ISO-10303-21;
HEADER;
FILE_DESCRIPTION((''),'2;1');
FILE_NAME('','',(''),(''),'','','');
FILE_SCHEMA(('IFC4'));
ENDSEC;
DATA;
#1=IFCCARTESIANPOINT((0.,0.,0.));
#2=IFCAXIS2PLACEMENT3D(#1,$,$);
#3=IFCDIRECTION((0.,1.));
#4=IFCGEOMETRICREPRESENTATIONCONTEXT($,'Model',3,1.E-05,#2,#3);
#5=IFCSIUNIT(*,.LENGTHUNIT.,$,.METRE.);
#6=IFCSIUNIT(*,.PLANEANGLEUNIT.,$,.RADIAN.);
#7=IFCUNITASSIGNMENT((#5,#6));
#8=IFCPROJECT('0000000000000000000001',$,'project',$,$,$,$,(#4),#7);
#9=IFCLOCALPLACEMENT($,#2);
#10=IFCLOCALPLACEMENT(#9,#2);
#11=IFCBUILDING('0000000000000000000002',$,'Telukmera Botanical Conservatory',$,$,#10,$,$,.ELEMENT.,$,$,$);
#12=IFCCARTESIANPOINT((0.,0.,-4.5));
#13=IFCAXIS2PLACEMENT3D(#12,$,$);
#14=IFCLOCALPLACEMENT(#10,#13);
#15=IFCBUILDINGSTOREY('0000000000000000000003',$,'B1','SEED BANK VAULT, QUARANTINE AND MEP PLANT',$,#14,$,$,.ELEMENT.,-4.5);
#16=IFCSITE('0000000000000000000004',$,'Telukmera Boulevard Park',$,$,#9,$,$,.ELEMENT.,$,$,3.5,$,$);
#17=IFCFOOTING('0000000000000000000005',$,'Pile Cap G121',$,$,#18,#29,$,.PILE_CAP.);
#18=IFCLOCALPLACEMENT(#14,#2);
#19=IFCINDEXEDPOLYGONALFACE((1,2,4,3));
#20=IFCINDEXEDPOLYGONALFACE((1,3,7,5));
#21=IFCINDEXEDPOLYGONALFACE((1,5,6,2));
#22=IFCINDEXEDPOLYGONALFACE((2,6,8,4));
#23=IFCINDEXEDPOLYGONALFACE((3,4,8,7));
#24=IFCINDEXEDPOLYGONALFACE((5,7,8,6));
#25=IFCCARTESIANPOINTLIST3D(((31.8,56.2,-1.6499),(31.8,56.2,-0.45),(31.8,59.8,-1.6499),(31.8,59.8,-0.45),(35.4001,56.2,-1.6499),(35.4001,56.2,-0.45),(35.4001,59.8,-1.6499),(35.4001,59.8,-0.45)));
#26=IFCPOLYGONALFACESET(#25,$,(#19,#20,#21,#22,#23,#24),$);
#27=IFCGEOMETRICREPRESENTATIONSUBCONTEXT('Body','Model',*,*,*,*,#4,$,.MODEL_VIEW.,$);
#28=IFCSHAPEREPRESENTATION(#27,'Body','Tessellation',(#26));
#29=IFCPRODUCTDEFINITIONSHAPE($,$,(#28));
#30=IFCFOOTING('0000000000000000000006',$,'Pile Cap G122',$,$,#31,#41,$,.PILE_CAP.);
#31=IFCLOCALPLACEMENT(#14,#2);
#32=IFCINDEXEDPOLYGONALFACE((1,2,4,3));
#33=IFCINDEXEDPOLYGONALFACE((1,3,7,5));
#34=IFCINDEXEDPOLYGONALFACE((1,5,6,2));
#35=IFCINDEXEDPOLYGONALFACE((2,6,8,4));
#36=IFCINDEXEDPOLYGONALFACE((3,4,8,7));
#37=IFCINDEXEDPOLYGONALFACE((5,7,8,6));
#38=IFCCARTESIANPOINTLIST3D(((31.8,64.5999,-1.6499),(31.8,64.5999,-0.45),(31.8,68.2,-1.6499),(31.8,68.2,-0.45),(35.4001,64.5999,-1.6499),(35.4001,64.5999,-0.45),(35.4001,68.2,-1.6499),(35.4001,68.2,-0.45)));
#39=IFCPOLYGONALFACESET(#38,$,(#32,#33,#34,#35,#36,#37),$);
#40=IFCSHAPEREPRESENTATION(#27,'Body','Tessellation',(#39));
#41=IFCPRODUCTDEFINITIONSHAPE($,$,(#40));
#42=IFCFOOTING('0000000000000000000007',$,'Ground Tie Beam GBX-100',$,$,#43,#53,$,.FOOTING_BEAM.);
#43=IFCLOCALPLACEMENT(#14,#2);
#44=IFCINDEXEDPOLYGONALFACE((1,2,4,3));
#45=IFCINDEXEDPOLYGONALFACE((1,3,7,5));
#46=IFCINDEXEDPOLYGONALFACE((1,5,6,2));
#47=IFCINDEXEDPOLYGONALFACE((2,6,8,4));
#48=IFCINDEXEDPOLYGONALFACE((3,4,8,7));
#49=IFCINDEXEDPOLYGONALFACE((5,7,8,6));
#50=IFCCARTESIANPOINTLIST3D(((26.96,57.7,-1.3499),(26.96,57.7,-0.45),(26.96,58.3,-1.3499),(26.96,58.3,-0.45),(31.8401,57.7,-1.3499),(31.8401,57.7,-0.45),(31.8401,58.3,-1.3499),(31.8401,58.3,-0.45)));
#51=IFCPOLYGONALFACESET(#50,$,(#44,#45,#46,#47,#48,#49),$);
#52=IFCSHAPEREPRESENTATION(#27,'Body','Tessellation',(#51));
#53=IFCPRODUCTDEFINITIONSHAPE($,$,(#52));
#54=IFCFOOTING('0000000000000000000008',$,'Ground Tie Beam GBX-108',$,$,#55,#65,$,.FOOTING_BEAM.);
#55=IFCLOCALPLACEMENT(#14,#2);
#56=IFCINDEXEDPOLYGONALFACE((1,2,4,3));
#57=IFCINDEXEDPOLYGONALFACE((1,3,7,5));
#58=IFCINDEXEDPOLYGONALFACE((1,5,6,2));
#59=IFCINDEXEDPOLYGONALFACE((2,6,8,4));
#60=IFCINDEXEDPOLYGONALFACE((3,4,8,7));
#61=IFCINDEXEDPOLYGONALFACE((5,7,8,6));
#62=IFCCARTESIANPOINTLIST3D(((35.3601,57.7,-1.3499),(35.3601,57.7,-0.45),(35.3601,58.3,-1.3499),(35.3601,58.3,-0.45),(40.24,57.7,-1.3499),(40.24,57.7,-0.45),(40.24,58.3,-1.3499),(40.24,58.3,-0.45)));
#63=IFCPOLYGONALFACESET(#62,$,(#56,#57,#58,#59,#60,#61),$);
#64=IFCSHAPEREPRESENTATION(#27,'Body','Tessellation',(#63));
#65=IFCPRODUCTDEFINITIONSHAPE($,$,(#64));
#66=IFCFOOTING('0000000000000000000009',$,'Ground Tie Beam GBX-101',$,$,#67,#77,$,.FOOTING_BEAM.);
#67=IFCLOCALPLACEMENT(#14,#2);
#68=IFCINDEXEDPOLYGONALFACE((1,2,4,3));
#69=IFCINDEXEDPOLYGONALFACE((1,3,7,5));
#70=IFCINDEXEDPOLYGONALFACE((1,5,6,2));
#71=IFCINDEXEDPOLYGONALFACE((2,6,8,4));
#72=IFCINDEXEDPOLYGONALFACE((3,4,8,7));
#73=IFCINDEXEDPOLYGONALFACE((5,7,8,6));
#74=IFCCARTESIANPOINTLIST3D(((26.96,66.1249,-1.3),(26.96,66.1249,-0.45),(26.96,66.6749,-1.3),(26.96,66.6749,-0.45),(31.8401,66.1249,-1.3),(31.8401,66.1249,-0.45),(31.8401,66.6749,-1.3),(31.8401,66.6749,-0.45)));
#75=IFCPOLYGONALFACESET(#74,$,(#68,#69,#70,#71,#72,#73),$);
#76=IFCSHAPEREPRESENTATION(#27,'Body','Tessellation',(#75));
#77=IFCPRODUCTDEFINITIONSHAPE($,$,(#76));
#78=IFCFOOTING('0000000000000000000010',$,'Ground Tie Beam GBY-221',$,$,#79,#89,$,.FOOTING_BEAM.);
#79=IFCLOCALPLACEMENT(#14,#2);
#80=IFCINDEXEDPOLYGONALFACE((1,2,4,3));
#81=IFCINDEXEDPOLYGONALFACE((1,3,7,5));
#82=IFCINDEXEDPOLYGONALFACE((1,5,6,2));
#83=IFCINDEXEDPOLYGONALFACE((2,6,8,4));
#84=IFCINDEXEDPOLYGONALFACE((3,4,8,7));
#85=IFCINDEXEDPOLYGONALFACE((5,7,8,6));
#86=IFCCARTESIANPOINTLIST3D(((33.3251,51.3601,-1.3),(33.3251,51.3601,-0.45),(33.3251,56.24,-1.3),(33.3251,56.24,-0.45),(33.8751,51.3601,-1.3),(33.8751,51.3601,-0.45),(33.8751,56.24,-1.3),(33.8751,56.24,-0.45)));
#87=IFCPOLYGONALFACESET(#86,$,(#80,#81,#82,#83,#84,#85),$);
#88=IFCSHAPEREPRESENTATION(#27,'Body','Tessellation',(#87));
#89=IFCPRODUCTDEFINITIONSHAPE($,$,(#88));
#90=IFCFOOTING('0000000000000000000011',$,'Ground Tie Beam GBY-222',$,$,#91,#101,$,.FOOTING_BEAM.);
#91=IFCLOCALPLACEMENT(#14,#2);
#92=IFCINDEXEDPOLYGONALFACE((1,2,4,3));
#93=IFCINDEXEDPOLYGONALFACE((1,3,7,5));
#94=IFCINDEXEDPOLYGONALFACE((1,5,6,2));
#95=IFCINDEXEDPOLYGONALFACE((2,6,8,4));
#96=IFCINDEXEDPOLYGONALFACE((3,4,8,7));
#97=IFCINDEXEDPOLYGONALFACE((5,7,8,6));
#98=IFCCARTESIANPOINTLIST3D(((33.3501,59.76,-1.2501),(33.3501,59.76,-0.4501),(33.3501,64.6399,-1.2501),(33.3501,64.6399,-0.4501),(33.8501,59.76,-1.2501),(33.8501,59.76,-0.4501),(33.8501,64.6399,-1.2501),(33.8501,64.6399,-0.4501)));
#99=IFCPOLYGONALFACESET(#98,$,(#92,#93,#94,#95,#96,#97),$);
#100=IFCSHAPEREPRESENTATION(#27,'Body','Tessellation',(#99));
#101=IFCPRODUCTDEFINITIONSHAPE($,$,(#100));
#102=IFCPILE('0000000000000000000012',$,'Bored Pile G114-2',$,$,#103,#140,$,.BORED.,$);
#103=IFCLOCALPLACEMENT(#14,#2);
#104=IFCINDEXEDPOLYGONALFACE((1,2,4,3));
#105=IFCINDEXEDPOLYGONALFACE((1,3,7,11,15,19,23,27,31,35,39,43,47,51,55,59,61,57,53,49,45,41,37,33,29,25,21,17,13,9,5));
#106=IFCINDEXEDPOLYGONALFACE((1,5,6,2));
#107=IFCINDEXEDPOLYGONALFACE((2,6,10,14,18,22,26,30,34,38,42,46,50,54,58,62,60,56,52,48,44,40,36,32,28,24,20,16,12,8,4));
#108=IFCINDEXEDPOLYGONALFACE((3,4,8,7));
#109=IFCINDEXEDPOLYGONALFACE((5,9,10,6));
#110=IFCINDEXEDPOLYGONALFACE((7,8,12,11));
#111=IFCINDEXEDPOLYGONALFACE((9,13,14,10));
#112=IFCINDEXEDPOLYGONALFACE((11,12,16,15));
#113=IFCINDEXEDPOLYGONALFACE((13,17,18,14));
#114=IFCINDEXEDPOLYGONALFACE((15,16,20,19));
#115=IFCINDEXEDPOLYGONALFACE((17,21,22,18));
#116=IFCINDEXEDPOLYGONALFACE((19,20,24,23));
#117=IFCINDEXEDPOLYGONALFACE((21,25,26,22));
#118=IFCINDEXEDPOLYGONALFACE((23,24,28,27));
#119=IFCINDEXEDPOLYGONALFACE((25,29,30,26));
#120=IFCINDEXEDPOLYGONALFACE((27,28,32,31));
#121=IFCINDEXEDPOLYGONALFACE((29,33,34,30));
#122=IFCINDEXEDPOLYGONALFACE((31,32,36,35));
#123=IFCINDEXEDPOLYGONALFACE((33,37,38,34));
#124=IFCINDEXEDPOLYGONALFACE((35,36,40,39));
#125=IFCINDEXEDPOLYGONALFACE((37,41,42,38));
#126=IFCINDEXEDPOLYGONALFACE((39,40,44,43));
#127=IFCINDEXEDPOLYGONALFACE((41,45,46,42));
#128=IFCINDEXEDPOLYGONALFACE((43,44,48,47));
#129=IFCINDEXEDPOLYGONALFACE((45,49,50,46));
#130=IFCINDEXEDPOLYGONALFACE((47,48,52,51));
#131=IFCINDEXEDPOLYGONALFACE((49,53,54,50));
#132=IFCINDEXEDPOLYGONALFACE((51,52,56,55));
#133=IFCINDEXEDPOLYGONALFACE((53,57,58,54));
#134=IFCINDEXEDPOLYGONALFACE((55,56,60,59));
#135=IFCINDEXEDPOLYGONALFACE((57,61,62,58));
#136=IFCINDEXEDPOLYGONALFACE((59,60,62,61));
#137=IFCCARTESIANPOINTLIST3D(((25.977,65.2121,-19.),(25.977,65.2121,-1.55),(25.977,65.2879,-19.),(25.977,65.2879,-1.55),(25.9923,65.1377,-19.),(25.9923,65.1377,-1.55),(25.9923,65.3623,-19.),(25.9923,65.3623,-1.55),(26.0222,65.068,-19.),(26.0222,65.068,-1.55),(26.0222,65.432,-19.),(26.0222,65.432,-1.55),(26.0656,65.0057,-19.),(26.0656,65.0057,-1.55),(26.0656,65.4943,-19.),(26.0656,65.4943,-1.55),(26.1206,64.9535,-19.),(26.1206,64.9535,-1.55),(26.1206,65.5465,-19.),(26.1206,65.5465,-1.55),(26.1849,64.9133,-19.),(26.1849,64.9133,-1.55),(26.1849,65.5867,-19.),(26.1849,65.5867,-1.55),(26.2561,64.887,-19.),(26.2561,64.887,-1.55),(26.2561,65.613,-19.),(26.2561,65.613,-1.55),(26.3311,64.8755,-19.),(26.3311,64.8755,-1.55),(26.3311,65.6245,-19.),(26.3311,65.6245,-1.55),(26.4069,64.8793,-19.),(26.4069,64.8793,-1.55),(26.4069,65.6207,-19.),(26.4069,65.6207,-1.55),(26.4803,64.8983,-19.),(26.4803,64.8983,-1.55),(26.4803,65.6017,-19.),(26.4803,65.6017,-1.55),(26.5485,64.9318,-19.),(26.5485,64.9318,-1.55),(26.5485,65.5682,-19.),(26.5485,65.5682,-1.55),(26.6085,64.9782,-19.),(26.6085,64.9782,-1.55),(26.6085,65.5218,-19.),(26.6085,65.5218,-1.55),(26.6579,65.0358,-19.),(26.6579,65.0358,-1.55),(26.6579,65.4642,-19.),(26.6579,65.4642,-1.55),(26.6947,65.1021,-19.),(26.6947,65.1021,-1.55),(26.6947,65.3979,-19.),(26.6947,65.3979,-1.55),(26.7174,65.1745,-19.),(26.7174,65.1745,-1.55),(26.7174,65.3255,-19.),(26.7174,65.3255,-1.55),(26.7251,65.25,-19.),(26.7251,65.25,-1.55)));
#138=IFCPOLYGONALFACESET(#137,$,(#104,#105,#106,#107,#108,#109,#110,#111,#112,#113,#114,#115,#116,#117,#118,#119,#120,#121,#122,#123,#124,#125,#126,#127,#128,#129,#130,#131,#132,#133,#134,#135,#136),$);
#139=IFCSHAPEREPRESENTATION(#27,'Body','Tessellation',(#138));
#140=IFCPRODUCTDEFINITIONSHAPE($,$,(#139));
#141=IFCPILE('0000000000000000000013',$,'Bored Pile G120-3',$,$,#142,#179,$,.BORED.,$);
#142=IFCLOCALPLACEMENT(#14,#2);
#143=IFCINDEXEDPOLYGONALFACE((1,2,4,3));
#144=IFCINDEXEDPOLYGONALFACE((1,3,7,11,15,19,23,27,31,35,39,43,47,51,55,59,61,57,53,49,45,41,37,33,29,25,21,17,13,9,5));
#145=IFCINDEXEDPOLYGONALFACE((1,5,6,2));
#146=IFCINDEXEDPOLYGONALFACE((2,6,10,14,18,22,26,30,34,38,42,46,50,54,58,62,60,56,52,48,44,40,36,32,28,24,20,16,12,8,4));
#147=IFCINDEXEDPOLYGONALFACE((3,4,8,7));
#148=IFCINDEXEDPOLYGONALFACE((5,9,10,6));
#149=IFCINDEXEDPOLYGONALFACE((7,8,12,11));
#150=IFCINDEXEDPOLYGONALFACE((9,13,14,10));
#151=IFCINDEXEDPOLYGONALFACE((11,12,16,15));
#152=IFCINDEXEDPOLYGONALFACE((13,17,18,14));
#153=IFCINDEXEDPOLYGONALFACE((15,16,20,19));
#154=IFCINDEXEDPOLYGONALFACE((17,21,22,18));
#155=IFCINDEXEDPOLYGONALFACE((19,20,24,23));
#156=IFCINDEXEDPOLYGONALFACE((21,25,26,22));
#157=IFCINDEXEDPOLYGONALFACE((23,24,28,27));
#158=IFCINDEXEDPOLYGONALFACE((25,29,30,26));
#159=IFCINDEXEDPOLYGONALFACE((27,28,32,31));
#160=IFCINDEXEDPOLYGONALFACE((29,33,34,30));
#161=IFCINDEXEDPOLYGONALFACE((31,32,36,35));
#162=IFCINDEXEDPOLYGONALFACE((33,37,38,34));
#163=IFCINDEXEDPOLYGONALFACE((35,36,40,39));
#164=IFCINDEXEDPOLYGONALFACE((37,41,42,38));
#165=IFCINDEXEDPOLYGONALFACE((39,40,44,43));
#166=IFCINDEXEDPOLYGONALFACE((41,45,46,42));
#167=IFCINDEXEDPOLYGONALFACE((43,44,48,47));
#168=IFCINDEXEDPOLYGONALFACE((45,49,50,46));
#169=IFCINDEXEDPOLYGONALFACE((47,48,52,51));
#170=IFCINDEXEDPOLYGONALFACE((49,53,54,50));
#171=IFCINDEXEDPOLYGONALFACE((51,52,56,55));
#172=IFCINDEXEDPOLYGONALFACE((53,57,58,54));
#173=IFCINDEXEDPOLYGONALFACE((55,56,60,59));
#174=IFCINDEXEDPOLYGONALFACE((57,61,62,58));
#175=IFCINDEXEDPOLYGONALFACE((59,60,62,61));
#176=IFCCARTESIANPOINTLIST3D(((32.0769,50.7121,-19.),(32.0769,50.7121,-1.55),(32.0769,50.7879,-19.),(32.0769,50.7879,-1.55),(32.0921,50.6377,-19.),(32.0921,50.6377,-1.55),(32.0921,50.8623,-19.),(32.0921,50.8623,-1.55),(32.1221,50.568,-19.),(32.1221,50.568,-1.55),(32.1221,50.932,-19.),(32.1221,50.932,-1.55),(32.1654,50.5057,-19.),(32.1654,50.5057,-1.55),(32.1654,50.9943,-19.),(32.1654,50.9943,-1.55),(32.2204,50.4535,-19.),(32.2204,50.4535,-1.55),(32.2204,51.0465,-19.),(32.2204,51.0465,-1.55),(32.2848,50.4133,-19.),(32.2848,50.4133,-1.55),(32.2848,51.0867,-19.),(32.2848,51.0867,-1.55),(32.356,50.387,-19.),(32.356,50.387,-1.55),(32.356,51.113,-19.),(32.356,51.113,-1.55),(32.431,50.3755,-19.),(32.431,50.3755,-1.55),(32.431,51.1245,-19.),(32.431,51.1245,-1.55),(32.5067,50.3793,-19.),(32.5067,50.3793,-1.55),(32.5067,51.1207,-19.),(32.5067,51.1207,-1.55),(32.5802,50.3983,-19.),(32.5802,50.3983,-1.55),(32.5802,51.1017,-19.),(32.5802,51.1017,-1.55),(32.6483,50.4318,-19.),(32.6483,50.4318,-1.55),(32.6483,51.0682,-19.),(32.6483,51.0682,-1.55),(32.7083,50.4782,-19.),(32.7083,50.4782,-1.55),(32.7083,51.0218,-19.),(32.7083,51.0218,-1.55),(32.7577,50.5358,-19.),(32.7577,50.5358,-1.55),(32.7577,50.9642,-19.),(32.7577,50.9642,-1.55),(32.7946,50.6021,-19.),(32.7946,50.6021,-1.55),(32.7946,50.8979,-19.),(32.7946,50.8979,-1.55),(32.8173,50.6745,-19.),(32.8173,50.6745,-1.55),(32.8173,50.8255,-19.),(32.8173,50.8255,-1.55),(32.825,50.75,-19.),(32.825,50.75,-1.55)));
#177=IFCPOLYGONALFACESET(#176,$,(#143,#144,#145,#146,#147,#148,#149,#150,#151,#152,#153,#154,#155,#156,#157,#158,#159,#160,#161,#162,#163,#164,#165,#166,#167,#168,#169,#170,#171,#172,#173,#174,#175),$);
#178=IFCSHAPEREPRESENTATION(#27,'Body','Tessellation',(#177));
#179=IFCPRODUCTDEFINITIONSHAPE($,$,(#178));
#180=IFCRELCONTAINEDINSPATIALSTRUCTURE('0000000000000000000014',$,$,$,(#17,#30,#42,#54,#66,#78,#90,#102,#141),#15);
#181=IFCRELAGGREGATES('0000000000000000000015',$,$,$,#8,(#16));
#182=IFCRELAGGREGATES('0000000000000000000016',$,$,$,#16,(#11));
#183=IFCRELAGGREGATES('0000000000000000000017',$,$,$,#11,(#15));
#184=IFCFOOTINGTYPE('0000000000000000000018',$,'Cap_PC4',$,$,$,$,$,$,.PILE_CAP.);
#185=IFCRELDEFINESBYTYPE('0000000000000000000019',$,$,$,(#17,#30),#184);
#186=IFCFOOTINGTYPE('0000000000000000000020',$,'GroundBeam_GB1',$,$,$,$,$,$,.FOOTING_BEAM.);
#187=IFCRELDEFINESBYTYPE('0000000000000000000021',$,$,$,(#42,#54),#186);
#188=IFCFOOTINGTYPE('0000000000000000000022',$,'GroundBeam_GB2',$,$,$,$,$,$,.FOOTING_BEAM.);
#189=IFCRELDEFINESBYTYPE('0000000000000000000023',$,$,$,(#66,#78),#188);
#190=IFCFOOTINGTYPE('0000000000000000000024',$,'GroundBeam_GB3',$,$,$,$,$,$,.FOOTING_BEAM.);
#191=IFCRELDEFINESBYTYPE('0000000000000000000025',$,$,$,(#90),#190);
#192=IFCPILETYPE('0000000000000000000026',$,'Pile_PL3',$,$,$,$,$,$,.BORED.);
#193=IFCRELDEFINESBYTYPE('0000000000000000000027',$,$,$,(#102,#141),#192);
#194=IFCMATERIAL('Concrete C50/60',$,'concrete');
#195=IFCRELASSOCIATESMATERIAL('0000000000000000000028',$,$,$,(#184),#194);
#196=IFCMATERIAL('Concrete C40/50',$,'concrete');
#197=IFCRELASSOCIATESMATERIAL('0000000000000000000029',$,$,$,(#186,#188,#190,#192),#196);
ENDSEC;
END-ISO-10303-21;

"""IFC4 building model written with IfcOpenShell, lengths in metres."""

from ifc_helpers import new_model, si_unit, direction, frame, origin, origin_2d, place, context, subcontext, project, spatial, rectangle, circle, extrude, material, material_profile, profile_set, type_object, element, save


model = new_model("IFC4")

# Units and contexts
model_context = context("Model", 3, precision=1e-05, world=origin(), true_north=direction((0.0, 1.0)))
body_context = subcontext(model_context, "Body", "Model", "MODEL_VIEW")
ifc_project = project(units=[si_unit("LENGTHUNIT", "METRE"), si_unit("PLANEANGLEUNIT", "RADIAN")], contexts=[model_context])

# Site, building, storey
site_placement = place(None, origin())
site = spatial("IfcSite", under=ifc_project, at=site_placement, Name="Telukmera Boulevard Park", CompositionType="ELEMENT", RefElevation=3.5)
building_placement = place(site_placement, origin())
building = spatial("IfcBuilding", under=site, at=building_placement, Name="Telukmera Botanical Conservatory", CompositionType="ELEMENT")
storey_placement = place(building_placement, frame((0.0, 0.0, -4.5)))
storey = spatial("IfcBuildingStorey", under=building, at=storey_placement, Name="B1", Description="SEED BANK VAULT, QUARANTINE AND MEP PLANT", CompositionType="ELEMENT", Elevation=-4.5)

# Footings
ifc_material_1 = material(Name="Concrete C50/60", Category="concrete")
footing_type_1 = type_object("IfcFootingType", Name="Cap_PC4", PredefinedType="PILE_CAP", material=ifc_material_1)
for number, where, z_axis, x_axis, name in (
    (1, (33.6001, 58.0, -1.6499), (0.0, 0.0, 1.0), (1.0, 0.0, 0.0), "Pile Cap G121"),
    (2, (33.6001, 66.3999, -1.6499), (0.0, 0.0, 1.0), (1.0, 0.0, 0.0), "Pile Cap G122"),
):
    element("IfcFooting", number, at=place(storey_placement, frame(where, z_axis=z_axis, x_axis=x_axis)), inside=storey, type_object=footing_type_1, Name=name, PredefinedType="PILE_CAP", context=body_context, shape_type="SweptSolid", body=[
        extrude(rectangle(XDim=3.6001, YDim=3.6001, at=origin_2d()), origin(), (0.0, 0.0, 1.0), 1.2),
    ])
ifc_material_2 = material(Name="Concrete C40/50", Category="concrete")
ifc_material_profile_1 = material_profile(ifc_material_2, rectangle(XDim=0.6001, YDim=0.8999, at=origin_2d()), Name="RC 600x900")
ifc_profile_set_1 = profile_set([ifc_material_profile_1], Name="Concrete C40/50")
footing_type_2 = type_object("IfcFootingType", Name="GroundBeam_GB1", PredefinedType="FOOTING_BEAM", material=ifc_profile_set_1)
footing_1_placement = place(storey_placement, frame((26.96, 58.0, -0.8999), z_axis=(1.0, 0.0, 0.0), x_axis=(0.0, 1.0, 0.0)))
element("IfcFooting", 3, at=footing_1_placement, inside=storey, type_object=footing_type_2, Name="Ground Tie Beam GBX-100", PredefinedType="FOOTING_BEAM", context=body_context, shape_type="SweptSolid", body=[
    extrude(rectangle(XDim=0.6001, YDim=0.8999, at=origin_2d()), origin(), (0.0, 0.0, 1.0), 4.8801),
])
footing_2_placement = place(storey_placement, frame((35.3601, 58.0, -0.8999), z_axis=(1.0, 0.0, 0.0), x_axis=(0.0, 1.0, 0.0)))
element("IfcFooting", 4, at=footing_2_placement, inside=storey, type_object=footing_type_2, Name="Ground Tie Beam GBX-108", PredefinedType="FOOTING_BEAM", context=body_context, shape_type="SweptSolid", body=[
    extrude(rectangle(XDim=0.6001, YDim=0.8999, at=origin_2d()), origin(), (0.0, 0.0, 1.0), 4.8799),
])
ifc_material_profile_2 = material_profile(ifc_material_2, rectangle(XDim=0.55, YDim=0.8501, at=origin_2d()), Name="RC 550x850")
ifc_profile_set_2 = profile_set([ifc_material_profile_2], Name="Concrete C40/50")
footing_type_3 = type_object("IfcFootingType", Name="GroundBeam_GB2", PredefinedType="FOOTING_BEAM", material=ifc_profile_set_2)
footing_3_placement = place(storey_placement, frame((26.96, 66.3999, -0.875), z_axis=(1.0, 0.0, 0.0), x_axis=(0.0, 1.0, 0.0)))
element("IfcFooting", 5, at=footing_3_placement, inside=storey, type_object=footing_type_3, Name="Ground Tie Beam GBX-101", PredefinedType="FOOTING_BEAM", context=body_context, shape_type="SweptSolid", body=[
    extrude(rectangle(XDim=0.55, YDim=0.8501, at=origin_2d()), origin(), (0.0, 0.0, 1.0), 4.8801),
])
footing_4_placement = place(storey_placement, frame((33.6001, 51.3601, -0.875), z_axis=(0.0, 1.0, 0.0), x_axis=(-1.0, 0.0, 0.0)))
element("IfcFooting", 6, at=footing_4_placement, inside=storey, type_object=footing_type_3, Name="Ground Tie Beam GBY-221", PredefinedType="FOOTING_BEAM", context=body_context, shape_type="SweptSolid", body=[
    extrude(rectangle(XDim=0.55, YDim=0.8501, at=origin_2d()), origin(), (0.0, 0.0, 1.0), 4.8799),
])
ifc_material_profile_3 = material_profile(ifc_material_2, rectangle(XDim=0.5, YDim=0.8, at=origin_2d()), Name="RC 500x800")
ifc_profile_set_3 = profile_set([ifc_material_profile_3], Name="Concrete C40/50")
footing_type_4 = type_object("IfcFootingType", Name="GroundBeam_GB3", PredefinedType="FOOTING_BEAM", material=ifc_profile_set_3)
footing_5_placement = place(storey_placement, frame((33.6001, 59.76, -0.8501), z_axis=(0.0, 1.0, 0.0), x_axis=(-1.0, 0.0, 0.0)))
element("IfcFooting", 7, at=footing_5_placement, inside=storey, type_object=footing_type_4, Name="Ground Tie Beam GBY-222", PredefinedType="FOOTING_BEAM", context=body_context, shape_type="SweptSolid", body=[
    extrude(rectangle(XDim=0.5, YDim=0.8, at=origin_2d()), origin(), (0.0, 0.0, 1.0), 4.8799),
])

# Piles
ifc_material_profile_4 = material_profile(ifc_material_2, circle(Radius=0.375, at=origin_2d()), Name="PILE D750")
ifc_profile_set_4 = profile_set([ifc_material_profile_4], Name="Concrete C40/50")
pile_type = type_object("IfcPileType", Name="Pile_PL3", PredefinedType="BORED", material=ifc_profile_set_4)
for number, where, z_axis, x_axis, name in (
    (8, (26.3501, 65.25, -1.55), (0.0, 0.0, -1.0), (1.0, 0.0, 0.0), "Bored Pile G114-2"),
    (9, (32.45, 50.75, -1.55), (0.0, 0.0, -1.0), (1.0, 0.0, 0.0), "Bored Pile G120-3"),
):
    element("IfcPile", number, at=place(storey_placement, frame(where, z_axis=z_axis, x_axis=x_axis)), inside=storey, type_object=pile_type, Name=name, PredefinedType="BORED", context=body_context, shape_type="SweptSolid", body=[
        extrude(circle(Radius=0.375, at=origin_2d()), origin(), (0.0, 0.0, 1.0), 17.45),
    ])

save(model, "model.ifc")
